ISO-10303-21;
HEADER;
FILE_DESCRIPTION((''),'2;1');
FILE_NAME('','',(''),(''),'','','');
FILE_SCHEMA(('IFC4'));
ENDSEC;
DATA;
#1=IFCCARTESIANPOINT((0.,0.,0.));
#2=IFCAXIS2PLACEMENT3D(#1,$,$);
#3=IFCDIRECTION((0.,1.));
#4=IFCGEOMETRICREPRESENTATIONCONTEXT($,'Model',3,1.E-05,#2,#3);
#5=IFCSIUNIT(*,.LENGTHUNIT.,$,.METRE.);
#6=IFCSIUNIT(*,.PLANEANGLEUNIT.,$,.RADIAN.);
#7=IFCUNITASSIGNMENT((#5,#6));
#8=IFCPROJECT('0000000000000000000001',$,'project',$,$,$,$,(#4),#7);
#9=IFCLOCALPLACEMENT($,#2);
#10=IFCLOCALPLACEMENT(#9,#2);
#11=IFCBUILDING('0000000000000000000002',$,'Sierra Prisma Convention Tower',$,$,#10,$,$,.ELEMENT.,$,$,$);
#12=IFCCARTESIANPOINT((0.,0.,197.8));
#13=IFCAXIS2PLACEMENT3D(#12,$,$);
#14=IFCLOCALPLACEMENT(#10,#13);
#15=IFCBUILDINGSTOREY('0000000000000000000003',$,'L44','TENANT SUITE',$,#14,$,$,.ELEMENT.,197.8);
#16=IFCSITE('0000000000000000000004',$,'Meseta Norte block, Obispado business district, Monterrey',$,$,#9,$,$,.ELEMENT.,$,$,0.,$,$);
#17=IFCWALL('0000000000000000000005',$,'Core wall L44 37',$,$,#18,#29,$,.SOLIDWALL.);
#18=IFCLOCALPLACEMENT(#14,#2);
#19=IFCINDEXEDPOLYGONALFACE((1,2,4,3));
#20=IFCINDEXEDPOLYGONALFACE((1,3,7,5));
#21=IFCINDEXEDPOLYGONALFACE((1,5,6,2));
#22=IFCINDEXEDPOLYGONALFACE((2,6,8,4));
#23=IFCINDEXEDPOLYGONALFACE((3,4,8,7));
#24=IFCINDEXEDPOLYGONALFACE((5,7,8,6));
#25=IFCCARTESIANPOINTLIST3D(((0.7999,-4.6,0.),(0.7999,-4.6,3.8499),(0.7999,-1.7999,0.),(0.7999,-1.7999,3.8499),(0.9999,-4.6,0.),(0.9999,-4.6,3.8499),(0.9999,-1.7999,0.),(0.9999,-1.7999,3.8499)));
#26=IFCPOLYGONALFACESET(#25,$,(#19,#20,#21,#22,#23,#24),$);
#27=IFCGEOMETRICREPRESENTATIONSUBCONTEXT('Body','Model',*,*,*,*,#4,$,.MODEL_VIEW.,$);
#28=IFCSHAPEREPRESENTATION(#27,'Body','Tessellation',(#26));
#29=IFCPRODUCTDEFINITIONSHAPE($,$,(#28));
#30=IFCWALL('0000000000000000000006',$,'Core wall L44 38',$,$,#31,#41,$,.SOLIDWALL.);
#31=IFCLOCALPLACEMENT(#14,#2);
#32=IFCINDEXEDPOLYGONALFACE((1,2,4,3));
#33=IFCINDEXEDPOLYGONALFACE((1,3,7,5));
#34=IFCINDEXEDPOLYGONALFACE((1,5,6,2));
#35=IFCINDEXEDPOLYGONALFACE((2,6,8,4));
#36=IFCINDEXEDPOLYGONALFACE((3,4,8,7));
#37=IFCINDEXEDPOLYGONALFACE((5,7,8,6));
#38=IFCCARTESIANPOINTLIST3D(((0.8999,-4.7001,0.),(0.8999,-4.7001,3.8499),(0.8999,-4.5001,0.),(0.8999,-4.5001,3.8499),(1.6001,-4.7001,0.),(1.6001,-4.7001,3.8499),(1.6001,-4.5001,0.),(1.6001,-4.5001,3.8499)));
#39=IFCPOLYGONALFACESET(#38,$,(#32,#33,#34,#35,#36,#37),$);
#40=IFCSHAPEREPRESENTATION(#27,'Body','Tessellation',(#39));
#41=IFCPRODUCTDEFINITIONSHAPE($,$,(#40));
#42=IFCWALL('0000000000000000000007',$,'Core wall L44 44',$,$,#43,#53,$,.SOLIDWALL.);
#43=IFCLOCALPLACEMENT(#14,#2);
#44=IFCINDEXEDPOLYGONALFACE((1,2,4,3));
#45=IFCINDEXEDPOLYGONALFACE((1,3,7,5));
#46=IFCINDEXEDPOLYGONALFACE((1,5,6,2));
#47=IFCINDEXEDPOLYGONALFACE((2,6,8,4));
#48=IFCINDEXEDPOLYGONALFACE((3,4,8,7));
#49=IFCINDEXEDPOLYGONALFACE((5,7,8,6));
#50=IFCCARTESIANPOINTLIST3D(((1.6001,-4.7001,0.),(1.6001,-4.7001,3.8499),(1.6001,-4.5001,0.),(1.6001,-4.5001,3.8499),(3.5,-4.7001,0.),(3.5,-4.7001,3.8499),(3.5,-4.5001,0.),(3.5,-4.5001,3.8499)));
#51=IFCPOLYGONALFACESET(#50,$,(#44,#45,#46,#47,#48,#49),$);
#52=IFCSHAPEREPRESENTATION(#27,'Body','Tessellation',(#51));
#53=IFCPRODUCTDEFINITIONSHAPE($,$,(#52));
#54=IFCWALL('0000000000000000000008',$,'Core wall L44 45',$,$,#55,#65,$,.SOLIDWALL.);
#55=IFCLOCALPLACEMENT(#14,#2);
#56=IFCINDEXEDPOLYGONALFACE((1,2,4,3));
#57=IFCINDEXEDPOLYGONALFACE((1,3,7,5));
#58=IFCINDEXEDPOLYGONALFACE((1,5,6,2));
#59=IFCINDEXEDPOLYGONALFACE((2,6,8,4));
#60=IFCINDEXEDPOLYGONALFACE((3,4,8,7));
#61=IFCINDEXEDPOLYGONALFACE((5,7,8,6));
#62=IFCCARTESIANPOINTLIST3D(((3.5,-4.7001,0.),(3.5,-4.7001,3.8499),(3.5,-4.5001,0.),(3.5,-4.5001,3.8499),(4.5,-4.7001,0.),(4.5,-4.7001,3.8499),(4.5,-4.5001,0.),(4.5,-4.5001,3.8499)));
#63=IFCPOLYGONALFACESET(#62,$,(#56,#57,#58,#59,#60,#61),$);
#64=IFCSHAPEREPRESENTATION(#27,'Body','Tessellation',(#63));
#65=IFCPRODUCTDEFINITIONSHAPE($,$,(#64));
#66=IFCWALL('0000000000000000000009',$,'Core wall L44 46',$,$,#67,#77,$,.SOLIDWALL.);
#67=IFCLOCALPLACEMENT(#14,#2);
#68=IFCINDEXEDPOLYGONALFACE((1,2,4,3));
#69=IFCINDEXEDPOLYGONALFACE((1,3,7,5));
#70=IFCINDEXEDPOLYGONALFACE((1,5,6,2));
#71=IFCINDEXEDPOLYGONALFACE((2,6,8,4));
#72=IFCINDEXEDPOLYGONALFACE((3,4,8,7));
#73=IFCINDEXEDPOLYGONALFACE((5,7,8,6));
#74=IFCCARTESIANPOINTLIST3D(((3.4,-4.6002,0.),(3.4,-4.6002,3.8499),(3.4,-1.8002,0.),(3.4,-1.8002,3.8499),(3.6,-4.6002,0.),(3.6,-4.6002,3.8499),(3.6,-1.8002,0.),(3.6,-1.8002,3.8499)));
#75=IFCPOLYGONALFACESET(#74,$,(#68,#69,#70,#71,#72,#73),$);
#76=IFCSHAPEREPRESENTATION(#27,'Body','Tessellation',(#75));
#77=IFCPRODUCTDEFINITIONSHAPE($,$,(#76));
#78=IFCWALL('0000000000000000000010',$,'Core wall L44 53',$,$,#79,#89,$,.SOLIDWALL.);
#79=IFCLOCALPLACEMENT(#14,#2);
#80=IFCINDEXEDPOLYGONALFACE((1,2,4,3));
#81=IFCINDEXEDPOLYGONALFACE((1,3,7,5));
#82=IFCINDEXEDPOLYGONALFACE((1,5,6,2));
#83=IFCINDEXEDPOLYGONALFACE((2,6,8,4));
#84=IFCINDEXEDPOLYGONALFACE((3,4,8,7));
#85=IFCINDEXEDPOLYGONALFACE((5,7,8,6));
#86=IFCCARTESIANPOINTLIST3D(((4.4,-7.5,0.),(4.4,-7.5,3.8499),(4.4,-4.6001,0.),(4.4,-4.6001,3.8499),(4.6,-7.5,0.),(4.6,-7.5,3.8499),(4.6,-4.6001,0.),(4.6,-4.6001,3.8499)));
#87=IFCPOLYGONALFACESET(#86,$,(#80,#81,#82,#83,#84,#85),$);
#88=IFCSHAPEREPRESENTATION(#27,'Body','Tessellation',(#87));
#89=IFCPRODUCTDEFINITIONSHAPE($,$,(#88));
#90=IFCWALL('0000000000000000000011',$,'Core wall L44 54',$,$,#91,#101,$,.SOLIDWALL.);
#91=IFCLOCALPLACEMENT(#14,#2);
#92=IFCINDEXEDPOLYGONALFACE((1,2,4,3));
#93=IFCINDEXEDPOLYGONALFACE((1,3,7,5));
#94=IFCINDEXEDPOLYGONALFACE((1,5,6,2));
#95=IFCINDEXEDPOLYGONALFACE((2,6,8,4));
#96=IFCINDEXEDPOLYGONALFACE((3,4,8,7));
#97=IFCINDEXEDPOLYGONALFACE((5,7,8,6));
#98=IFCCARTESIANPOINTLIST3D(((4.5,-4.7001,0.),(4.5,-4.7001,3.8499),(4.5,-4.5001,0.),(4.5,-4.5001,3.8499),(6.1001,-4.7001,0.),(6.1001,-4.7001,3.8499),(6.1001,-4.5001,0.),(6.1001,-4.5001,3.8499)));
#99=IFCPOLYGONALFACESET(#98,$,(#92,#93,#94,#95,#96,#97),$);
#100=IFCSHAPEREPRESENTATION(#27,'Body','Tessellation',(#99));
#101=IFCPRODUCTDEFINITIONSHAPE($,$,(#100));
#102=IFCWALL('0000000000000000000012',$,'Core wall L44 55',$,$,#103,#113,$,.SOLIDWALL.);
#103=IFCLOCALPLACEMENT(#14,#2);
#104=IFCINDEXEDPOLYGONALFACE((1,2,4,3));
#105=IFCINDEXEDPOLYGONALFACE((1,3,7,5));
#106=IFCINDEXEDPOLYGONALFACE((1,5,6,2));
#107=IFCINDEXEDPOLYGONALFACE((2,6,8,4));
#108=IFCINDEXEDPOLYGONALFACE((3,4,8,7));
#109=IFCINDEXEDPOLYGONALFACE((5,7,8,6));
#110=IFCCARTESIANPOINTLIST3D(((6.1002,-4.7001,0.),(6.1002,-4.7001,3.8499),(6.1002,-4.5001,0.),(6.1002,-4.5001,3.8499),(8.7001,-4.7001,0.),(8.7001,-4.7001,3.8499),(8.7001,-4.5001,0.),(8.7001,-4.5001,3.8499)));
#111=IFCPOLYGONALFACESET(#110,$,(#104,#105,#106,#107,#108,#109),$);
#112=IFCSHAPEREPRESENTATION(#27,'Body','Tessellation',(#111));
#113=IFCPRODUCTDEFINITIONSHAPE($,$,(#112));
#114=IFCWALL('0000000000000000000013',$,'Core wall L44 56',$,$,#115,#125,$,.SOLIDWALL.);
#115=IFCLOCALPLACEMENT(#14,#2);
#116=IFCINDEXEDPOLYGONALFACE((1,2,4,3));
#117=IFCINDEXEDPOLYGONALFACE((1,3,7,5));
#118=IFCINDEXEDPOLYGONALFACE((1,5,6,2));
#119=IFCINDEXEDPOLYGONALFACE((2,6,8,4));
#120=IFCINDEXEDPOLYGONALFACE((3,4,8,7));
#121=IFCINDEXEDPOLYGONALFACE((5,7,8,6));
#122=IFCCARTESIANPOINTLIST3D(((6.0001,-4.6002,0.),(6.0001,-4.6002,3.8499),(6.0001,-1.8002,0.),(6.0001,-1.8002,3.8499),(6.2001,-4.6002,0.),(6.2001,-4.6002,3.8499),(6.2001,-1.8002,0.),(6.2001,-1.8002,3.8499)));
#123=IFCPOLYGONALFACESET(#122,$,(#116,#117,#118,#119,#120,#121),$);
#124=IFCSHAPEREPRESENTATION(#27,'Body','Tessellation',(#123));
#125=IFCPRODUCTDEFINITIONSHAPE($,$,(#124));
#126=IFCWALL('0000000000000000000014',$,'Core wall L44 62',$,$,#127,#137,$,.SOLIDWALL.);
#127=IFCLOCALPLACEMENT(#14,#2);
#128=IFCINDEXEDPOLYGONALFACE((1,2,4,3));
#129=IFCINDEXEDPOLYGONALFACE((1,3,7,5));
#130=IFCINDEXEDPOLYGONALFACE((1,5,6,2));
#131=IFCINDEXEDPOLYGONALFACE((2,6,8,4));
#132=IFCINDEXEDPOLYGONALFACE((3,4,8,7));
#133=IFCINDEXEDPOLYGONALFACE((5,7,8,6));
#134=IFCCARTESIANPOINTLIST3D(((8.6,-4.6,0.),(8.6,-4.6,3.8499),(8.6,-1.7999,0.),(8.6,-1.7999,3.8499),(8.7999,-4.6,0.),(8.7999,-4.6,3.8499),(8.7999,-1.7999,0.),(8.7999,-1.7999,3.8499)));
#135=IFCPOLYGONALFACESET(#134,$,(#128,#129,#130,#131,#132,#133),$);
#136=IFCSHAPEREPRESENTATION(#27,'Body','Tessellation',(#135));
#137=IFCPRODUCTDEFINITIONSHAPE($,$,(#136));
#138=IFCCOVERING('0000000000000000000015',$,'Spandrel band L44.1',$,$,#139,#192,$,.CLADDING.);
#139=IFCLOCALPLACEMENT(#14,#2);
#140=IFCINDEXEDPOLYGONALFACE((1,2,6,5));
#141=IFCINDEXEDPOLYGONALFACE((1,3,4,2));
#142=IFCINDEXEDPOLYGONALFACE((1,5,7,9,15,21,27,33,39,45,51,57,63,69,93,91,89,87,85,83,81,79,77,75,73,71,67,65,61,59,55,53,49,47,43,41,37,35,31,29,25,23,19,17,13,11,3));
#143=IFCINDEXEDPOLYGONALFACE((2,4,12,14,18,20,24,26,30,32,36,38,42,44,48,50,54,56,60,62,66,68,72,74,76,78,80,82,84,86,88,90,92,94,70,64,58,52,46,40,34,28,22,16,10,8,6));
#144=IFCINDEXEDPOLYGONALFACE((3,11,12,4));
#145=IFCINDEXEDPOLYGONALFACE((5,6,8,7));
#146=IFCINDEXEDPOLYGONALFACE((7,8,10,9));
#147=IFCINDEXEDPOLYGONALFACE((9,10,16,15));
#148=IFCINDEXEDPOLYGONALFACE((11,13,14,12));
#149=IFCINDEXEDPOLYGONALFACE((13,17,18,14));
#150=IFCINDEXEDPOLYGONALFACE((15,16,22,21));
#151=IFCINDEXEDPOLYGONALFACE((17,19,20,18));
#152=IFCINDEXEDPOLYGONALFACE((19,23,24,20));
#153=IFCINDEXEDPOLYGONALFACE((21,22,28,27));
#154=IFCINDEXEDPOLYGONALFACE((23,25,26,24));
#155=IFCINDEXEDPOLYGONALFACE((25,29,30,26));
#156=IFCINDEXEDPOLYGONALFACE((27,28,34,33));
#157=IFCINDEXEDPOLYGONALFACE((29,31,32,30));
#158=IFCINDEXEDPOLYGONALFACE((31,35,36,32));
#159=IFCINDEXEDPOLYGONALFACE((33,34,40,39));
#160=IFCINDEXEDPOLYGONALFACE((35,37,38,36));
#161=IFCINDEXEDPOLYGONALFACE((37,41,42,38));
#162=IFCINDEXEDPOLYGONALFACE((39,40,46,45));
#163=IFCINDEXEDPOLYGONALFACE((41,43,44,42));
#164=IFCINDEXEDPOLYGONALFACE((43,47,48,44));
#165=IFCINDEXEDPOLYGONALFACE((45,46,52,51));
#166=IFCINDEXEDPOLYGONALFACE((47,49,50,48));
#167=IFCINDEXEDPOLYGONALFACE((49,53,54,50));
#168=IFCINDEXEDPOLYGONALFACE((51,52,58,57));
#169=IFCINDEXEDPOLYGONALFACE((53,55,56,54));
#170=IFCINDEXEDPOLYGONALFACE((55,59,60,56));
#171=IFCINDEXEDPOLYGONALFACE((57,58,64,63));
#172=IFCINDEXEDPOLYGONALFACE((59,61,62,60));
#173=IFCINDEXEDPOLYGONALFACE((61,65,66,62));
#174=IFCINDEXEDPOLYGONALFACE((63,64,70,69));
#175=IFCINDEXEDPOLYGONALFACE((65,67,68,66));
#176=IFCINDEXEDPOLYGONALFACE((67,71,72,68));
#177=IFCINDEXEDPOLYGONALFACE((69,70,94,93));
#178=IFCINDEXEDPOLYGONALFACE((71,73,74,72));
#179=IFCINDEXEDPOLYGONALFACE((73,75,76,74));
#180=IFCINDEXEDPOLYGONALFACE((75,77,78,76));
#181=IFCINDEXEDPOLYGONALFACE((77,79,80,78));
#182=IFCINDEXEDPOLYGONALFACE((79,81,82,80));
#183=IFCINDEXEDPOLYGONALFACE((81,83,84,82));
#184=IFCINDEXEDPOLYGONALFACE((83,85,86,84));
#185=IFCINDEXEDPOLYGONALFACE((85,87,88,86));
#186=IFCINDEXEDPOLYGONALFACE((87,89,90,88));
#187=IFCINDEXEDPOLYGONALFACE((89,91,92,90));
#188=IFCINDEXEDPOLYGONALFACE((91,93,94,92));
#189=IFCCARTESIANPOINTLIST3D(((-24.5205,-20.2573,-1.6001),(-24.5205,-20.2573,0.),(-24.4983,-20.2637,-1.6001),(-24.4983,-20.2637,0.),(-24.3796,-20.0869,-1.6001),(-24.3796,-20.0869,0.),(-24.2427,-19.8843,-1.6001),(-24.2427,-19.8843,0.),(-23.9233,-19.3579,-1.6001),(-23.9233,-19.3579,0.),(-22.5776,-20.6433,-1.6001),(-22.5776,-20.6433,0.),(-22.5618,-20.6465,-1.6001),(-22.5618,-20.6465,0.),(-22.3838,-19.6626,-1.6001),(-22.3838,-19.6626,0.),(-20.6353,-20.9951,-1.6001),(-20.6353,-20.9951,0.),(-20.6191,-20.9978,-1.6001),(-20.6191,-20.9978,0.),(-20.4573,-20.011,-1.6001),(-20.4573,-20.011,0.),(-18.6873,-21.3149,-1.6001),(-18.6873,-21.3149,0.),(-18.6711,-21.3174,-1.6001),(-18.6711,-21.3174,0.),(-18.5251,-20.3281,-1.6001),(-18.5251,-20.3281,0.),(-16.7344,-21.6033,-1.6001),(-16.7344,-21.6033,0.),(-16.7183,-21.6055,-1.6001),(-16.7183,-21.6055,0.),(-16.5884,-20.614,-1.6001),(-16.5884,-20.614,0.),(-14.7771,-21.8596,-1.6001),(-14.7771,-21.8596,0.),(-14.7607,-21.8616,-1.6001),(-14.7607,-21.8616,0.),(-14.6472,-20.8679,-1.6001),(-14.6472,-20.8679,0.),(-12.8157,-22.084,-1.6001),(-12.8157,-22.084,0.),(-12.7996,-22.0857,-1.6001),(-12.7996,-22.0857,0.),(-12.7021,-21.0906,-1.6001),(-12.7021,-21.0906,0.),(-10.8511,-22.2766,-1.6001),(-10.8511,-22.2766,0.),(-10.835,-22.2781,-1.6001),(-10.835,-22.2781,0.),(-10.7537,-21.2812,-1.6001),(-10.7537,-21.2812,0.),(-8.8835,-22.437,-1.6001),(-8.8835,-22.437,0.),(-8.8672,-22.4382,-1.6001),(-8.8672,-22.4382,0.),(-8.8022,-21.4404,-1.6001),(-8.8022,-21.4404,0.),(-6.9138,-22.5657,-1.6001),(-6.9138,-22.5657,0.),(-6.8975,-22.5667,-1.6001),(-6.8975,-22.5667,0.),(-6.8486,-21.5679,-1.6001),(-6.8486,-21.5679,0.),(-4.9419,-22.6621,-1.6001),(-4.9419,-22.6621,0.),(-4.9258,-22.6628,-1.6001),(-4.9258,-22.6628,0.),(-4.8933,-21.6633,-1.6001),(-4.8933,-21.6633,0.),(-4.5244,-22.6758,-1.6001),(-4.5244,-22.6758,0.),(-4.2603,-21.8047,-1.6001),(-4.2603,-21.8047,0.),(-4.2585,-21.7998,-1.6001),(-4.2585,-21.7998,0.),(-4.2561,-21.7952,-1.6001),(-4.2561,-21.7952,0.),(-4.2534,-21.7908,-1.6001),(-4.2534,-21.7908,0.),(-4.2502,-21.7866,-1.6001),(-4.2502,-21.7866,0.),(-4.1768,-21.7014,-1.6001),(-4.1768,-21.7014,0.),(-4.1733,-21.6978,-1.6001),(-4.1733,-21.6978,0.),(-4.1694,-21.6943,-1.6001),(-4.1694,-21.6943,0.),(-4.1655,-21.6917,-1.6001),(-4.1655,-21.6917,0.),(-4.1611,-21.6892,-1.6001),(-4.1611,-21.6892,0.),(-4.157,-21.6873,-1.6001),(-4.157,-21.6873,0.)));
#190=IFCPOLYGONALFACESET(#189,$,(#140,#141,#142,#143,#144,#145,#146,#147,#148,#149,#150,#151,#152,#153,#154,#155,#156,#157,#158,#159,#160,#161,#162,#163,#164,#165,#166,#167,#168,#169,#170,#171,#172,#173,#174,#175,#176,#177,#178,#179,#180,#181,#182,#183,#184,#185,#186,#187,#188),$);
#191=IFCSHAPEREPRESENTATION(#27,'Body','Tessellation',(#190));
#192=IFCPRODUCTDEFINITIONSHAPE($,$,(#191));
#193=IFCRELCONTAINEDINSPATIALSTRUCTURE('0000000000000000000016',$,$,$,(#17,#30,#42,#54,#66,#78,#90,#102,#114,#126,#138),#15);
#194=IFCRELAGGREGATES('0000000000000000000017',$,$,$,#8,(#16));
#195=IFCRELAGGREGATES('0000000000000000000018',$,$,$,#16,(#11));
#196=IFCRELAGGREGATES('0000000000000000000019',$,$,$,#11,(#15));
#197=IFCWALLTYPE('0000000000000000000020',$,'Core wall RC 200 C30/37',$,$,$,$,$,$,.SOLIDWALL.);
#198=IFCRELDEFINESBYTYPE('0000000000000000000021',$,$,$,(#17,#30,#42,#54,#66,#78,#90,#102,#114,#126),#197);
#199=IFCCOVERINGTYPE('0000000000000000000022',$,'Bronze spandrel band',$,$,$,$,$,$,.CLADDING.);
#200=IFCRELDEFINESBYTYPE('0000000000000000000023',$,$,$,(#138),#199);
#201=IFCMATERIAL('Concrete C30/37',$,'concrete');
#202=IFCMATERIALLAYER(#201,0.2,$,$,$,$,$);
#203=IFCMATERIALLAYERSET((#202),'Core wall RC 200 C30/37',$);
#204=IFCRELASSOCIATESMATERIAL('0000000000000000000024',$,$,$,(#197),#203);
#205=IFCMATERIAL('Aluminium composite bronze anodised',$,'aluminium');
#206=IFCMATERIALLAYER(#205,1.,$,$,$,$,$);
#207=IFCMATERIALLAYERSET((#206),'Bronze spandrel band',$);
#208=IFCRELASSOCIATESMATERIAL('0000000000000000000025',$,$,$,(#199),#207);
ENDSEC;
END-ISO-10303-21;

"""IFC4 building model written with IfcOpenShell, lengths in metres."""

from ifc_helpers import new_model, si_unit, direction, frame, frame_2d, origin, place, context, subcontext, project, spatial, polyline, rectangle, outline, extrude, material, layer, layer_set, type_object, element, save


model = new_model("IFC4")

# Units and contexts
model_context = context("Model", 3, precision=1e-05, world=origin(), true_north=direction((0.0, 1.0)))
body_context = subcontext(model_context, "Body", "Model", "MODEL_VIEW")
ifc_project = project(units=[si_unit("LENGTHUNIT", "METRE"), si_unit("PLANEANGLEUNIT", "RADIAN")], contexts=[model_context])

# Site, building, storey
site_placement = place(None, origin())
site = spatial("IfcSite", under=ifc_project, at=site_placement, Name="Meseta Norte block, Obispado business district, Monterrey", CompositionType="ELEMENT", RefElevation=0.0)
building_placement = place(site_placement, origin())
building = spatial("IfcBuilding", under=site, at=building_placement, Name="Sierra Prisma Convention Tower", CompositionType="ELEMENT")
storey_placement = place(building_placement, frame((0.0, 0.0, 197.8)))
storey = spatial("IfcBuildingStorey", under=building, at=storey_placement, Name="L44", Description="TENANT SUITE", CompositionType="ELEMENT", Elevation=197.8)

# Shared definitions
ifc_material_1 = material(Name="Concrete C30/37", Category="concrete")
ifc_layer_1 = layer(ifc_material_1, 0.2)
ifc_layer_set_1 = layer_set([ifc_layer_1], Name="Core wall RC 200 C30/37")
wall_type = type_object("IfcWallType", Name="Core wall RC 200 C30/37", PredefinedType="SOLIDWALL", material=ifc_layer_set_1)

# Walls
wall_1_placement = place(storey_placement, frame((0.8999, -1.8, 0.0), z_axis=(0.0, 0.0, 1.0), x_axis=(0.0, -1.0, 0.0)))
element("IfcWall", 1, at=wall_1_placement, inside=storey, type_object=wall_type, Name="Core wall L44 37", PredefinedType="SOLIDWALL", context=body_context, shape_type="SweptSolid", body=[
    extrude(rectangle(XDim=2.8, YDim=0.2, at=frame_2d((1.3999, 0.0))), origin(), (0.0, 0.0, 1.0), 3.8499),
])
wall_2_placement = place(storey_placement, frame((0.8999, -4.6001, 0.0), z_axis=(0.0, 0.0, 1.0), x_axis=(1.0, 0.0, 0.0)))
element("IfcWall", 2, at=wall_2_placement, inside=storey, type_object=wall_type, Name="Core wall L44 38", PredefinedType="SOLIDWALL", context=body_context, shape_type="SweptSolid", body=[
    extrude(rectangle(XDim=0.7002, YDim=0.2, at=frame_2d((0.3501, 0.0))), origin(), (0.0, 0.0, 1.0), 3.8499),
])

# Walls
wall_3_placement = place(storey_placement, frame((3.5, -4.6001, 0.0), z_axis=(0.0, 0.0, 1.0), x_axis=(-1.0, 0.0, 0.0)))
element("IfcWall", 3, at=wall_3_placement, inside=storey, type_object=wall_type, Name="Core wall L44 44", PredefinedType="SOLIDWALL", context=body_context, shape_type="SweptSolid", body=[
    extrude(rectangle(XDim=1.8999, YDim=0.2, at=frame_2d((0.95, 0.0))), origin(), (0.0, 0.0, 1.0), 3.8499),
])
wall_4_placement = place(storey_placement, frame((4.5, -4.6001, 0.0), z_axis=(0.0, 0.0, 1.0), x_axis=(-1.0, 0.0, 0.0)))
element("IfcWall", 4, at=wall_4_placement, inside=storey, type_object=wall_type, Name="Core wall L44 45", PredefinedType="SOLIDWALL", context=body_context, shape_type="SweptSolid", body=[
    extrude(rectangle(XDim=1.0, YDim=0.2, at=frame_2d((0.5, 0.0))), origin(), (0.0, 0.0, 1.0), 3.8499),
])
wall_5_placement = place(storey_placement, frame((3.5, -4.6001, 0.0), z_axis=(0.0, 0.0, 1.0), x_axis=(0.0, 1.0, 0.0)))
element("IfcWall", 5, at=wall_5_placement, inside=storey, type_object=wall_type, Name="Core wall L44 46", PredefinedType="SOLIDWALL", context=body_context, shape_type="SweptSolid", body=[
    extrude(rectangle(XDim=2.8, YDim=0.2, at=frame_2d((1.3999, 0.0))), origin(), (0.0, 0.0, 1.0), 3.8499),
])

# Walls
wall_6_placement = place(storey_placement, frame((4.5, -4.6001, 0.0), z_axis=(0.0, 0.0, 1.0), x_axis=(0.0, -1.0, 0.0)))
element("IfcWall", 6, at=wall_6_placement, inside=storey, type_object=wall_type, Name="Core wall L44 53", PredefinedType="SOLIDWALL", context=body_context, shape_type="SweptSolid", body=[
    extrude(rectangle(XDim=2.8999, YDim=0.2, at=frame_2d((1.45, 0.0))), origin(), (0.0, 0.0, 1.0), 3.8499),
])
wall_7_placement = place(storey_placement, frame((6.1001, -4.6001, 0.0), z_axis=(0.0, 0.0, 1.0), x_axis=(-1.0, 0.0, 0.0)))
element("IfcWall", 7, at=wall_7_placement, inside=storey, type_object=wall_type, Name="Core wall L44 54", PredefinedType="SOLIDWALL", context=body_context, shape_type="SweptSolid", body=[
    extrude(rectangle(XDim=1.6001, YDim=0.2, at=frame_2d((0.8, 0.0))), origin(), (0.0, 0.0, 1.0), 3.8499),
])
wall_8_placement = place(storey_placement, frame((8.7, -4.6001, 0.0), z_axis=(0.0, 0.0, 1.0), x_axis=(-1.0, 0.0, 0.0)))
element("IfcWall", 8, at=wall_8_placement, inside=storey, type_object=wall_type, Name="Core wall L44 55", PredefinedType="SOLIDWALL", context=body_context, shape_type="SweptSolid", body=[
    extrude(rectangle(XDim=2.5999, YDim=0.2, at=frame_2d((1.2998, 0.0))), origin(), (0.0, 0.0, 1.0), 3.8499),
])
wall_9_placement = place(storey_placement, frame((6.1001, -4.6001, 0.0), z_axis=(0.0, 0.0, 1.0), x_axis=(0.0, 1.0, 0.0)))
element("IfcWall", 9, at=wall_9_placement, inside=storey, type_object=wall_type, Name="Core wall L44 56", PredefinedType="SOLIDWALL", context=body_context, shape_type="SweptSolid", body=[
    extrude(rectangle(XDim=2.8, YDim=0.2, at=frame_2d((1.3999, 0.0))), origin(), (0.0, 0.0, 1.0), 3.8499),
])

# Wall
wall_10_placement = place(storey_placement, frame((8.7, -1.8, 0.0), z_axis=(0.0, 0.0, 1.0), x_axis=(0.0, -1.0, 0.0)))
element("IfcWall", 10, at=wall_10_placement, inside=storey, type_object=wall_type, Name="Core wall L44 62", PredefinedType="SOLIDWALL", context=body_context, shape_type="SweptSolid", body=[
    extrude(rectangle(XDim=2.8, YDim=0.2, at=frame_2d((1.3999, 0.0))), origin(), (0.0, 0.0, 1.0), 3.8499),
])

# Covering
ifc_material_2 = material(Name="Aluminium composite bronze anodised", Category="aluminium")
ifc_layer_2 = layer(ifc_material_2, 1.0)
ifc_layer_set_2 = layer_set([ifc_layer_2], Name="Bronze spandrel band")
covering_type = type_object("IfcCoveringType", Name="Bronze spandrel band", PredefinedType="CLADDING", material=ifc_layer_set_2)
covering_1_placement = place(storey_placement, frame((0.0, 0.0, -1.6001)))
element("IfcCovering", 11, at=covering_1_placement, inside=storey, type_object=covering_type, Name="Spandrel band L44.1", PredefinedType="CLADDING", context=body_context, shape_type="SweptSolid", body=[
    extrude(outline(polyline([(-22.3838, -19.6626), (-20.4573, -20.011), (-18.5251, -20.3281), (-16.5884, -20.614), (-14.6472, -20.8679), (-12.7021, -21.0906), (-10.7537, -21.2812), (-8.8022, -21.4404), (-6.8486, -21.5679), (-4.8933, -21.6633), (-4.157, -21.6873), (-4.1611, -21.6892), (-4.1655, -21.6917), (-4.1694, -21.6943), (-4.1733, -21.6978), (-4.1768, -21.7014), (-4.2502, -21.7866), (-4.2534, -21.7908), (-4.2561, -21.7952), (-4.2585, -21.7998), (-4.2603, -21.8047), (-4.5244, -22.6758), (-4.9258, -22.6628), (-4.9419, -22.6621), (-6.8975, -22.5667), (-6.9138, -22.5657), (-8.8672, -22.4382), (-8.8835, -22.437), (-10.835, -22.2781), (-10.8511, -22.2766), (-12.7996, -22.0857), (-12.8157, -22.084), (-14.7607, -21.8616), (-14.7771, -21.8596), (-16.7183, -21.6055), (-16.7344, -21.6033), (-18.6711, -21.3174), (-18.6873, -21.3149), (-20.6191, -20.9978), (-20.6353, -20.9951), (-22.5618, -20.6465), (-22.5776, -20.6433), (-24.4983, -20.2637), (-24.5205, -20.2573), (-24.3796, -20.0869), (-24.2427, -19.8843), (-23.9233, -19.3579), (-22.3838, -19.6626)])), origin(), (0.0, 0.0, 1.0), 1.6001),
])

save(model, "model.ifc")
